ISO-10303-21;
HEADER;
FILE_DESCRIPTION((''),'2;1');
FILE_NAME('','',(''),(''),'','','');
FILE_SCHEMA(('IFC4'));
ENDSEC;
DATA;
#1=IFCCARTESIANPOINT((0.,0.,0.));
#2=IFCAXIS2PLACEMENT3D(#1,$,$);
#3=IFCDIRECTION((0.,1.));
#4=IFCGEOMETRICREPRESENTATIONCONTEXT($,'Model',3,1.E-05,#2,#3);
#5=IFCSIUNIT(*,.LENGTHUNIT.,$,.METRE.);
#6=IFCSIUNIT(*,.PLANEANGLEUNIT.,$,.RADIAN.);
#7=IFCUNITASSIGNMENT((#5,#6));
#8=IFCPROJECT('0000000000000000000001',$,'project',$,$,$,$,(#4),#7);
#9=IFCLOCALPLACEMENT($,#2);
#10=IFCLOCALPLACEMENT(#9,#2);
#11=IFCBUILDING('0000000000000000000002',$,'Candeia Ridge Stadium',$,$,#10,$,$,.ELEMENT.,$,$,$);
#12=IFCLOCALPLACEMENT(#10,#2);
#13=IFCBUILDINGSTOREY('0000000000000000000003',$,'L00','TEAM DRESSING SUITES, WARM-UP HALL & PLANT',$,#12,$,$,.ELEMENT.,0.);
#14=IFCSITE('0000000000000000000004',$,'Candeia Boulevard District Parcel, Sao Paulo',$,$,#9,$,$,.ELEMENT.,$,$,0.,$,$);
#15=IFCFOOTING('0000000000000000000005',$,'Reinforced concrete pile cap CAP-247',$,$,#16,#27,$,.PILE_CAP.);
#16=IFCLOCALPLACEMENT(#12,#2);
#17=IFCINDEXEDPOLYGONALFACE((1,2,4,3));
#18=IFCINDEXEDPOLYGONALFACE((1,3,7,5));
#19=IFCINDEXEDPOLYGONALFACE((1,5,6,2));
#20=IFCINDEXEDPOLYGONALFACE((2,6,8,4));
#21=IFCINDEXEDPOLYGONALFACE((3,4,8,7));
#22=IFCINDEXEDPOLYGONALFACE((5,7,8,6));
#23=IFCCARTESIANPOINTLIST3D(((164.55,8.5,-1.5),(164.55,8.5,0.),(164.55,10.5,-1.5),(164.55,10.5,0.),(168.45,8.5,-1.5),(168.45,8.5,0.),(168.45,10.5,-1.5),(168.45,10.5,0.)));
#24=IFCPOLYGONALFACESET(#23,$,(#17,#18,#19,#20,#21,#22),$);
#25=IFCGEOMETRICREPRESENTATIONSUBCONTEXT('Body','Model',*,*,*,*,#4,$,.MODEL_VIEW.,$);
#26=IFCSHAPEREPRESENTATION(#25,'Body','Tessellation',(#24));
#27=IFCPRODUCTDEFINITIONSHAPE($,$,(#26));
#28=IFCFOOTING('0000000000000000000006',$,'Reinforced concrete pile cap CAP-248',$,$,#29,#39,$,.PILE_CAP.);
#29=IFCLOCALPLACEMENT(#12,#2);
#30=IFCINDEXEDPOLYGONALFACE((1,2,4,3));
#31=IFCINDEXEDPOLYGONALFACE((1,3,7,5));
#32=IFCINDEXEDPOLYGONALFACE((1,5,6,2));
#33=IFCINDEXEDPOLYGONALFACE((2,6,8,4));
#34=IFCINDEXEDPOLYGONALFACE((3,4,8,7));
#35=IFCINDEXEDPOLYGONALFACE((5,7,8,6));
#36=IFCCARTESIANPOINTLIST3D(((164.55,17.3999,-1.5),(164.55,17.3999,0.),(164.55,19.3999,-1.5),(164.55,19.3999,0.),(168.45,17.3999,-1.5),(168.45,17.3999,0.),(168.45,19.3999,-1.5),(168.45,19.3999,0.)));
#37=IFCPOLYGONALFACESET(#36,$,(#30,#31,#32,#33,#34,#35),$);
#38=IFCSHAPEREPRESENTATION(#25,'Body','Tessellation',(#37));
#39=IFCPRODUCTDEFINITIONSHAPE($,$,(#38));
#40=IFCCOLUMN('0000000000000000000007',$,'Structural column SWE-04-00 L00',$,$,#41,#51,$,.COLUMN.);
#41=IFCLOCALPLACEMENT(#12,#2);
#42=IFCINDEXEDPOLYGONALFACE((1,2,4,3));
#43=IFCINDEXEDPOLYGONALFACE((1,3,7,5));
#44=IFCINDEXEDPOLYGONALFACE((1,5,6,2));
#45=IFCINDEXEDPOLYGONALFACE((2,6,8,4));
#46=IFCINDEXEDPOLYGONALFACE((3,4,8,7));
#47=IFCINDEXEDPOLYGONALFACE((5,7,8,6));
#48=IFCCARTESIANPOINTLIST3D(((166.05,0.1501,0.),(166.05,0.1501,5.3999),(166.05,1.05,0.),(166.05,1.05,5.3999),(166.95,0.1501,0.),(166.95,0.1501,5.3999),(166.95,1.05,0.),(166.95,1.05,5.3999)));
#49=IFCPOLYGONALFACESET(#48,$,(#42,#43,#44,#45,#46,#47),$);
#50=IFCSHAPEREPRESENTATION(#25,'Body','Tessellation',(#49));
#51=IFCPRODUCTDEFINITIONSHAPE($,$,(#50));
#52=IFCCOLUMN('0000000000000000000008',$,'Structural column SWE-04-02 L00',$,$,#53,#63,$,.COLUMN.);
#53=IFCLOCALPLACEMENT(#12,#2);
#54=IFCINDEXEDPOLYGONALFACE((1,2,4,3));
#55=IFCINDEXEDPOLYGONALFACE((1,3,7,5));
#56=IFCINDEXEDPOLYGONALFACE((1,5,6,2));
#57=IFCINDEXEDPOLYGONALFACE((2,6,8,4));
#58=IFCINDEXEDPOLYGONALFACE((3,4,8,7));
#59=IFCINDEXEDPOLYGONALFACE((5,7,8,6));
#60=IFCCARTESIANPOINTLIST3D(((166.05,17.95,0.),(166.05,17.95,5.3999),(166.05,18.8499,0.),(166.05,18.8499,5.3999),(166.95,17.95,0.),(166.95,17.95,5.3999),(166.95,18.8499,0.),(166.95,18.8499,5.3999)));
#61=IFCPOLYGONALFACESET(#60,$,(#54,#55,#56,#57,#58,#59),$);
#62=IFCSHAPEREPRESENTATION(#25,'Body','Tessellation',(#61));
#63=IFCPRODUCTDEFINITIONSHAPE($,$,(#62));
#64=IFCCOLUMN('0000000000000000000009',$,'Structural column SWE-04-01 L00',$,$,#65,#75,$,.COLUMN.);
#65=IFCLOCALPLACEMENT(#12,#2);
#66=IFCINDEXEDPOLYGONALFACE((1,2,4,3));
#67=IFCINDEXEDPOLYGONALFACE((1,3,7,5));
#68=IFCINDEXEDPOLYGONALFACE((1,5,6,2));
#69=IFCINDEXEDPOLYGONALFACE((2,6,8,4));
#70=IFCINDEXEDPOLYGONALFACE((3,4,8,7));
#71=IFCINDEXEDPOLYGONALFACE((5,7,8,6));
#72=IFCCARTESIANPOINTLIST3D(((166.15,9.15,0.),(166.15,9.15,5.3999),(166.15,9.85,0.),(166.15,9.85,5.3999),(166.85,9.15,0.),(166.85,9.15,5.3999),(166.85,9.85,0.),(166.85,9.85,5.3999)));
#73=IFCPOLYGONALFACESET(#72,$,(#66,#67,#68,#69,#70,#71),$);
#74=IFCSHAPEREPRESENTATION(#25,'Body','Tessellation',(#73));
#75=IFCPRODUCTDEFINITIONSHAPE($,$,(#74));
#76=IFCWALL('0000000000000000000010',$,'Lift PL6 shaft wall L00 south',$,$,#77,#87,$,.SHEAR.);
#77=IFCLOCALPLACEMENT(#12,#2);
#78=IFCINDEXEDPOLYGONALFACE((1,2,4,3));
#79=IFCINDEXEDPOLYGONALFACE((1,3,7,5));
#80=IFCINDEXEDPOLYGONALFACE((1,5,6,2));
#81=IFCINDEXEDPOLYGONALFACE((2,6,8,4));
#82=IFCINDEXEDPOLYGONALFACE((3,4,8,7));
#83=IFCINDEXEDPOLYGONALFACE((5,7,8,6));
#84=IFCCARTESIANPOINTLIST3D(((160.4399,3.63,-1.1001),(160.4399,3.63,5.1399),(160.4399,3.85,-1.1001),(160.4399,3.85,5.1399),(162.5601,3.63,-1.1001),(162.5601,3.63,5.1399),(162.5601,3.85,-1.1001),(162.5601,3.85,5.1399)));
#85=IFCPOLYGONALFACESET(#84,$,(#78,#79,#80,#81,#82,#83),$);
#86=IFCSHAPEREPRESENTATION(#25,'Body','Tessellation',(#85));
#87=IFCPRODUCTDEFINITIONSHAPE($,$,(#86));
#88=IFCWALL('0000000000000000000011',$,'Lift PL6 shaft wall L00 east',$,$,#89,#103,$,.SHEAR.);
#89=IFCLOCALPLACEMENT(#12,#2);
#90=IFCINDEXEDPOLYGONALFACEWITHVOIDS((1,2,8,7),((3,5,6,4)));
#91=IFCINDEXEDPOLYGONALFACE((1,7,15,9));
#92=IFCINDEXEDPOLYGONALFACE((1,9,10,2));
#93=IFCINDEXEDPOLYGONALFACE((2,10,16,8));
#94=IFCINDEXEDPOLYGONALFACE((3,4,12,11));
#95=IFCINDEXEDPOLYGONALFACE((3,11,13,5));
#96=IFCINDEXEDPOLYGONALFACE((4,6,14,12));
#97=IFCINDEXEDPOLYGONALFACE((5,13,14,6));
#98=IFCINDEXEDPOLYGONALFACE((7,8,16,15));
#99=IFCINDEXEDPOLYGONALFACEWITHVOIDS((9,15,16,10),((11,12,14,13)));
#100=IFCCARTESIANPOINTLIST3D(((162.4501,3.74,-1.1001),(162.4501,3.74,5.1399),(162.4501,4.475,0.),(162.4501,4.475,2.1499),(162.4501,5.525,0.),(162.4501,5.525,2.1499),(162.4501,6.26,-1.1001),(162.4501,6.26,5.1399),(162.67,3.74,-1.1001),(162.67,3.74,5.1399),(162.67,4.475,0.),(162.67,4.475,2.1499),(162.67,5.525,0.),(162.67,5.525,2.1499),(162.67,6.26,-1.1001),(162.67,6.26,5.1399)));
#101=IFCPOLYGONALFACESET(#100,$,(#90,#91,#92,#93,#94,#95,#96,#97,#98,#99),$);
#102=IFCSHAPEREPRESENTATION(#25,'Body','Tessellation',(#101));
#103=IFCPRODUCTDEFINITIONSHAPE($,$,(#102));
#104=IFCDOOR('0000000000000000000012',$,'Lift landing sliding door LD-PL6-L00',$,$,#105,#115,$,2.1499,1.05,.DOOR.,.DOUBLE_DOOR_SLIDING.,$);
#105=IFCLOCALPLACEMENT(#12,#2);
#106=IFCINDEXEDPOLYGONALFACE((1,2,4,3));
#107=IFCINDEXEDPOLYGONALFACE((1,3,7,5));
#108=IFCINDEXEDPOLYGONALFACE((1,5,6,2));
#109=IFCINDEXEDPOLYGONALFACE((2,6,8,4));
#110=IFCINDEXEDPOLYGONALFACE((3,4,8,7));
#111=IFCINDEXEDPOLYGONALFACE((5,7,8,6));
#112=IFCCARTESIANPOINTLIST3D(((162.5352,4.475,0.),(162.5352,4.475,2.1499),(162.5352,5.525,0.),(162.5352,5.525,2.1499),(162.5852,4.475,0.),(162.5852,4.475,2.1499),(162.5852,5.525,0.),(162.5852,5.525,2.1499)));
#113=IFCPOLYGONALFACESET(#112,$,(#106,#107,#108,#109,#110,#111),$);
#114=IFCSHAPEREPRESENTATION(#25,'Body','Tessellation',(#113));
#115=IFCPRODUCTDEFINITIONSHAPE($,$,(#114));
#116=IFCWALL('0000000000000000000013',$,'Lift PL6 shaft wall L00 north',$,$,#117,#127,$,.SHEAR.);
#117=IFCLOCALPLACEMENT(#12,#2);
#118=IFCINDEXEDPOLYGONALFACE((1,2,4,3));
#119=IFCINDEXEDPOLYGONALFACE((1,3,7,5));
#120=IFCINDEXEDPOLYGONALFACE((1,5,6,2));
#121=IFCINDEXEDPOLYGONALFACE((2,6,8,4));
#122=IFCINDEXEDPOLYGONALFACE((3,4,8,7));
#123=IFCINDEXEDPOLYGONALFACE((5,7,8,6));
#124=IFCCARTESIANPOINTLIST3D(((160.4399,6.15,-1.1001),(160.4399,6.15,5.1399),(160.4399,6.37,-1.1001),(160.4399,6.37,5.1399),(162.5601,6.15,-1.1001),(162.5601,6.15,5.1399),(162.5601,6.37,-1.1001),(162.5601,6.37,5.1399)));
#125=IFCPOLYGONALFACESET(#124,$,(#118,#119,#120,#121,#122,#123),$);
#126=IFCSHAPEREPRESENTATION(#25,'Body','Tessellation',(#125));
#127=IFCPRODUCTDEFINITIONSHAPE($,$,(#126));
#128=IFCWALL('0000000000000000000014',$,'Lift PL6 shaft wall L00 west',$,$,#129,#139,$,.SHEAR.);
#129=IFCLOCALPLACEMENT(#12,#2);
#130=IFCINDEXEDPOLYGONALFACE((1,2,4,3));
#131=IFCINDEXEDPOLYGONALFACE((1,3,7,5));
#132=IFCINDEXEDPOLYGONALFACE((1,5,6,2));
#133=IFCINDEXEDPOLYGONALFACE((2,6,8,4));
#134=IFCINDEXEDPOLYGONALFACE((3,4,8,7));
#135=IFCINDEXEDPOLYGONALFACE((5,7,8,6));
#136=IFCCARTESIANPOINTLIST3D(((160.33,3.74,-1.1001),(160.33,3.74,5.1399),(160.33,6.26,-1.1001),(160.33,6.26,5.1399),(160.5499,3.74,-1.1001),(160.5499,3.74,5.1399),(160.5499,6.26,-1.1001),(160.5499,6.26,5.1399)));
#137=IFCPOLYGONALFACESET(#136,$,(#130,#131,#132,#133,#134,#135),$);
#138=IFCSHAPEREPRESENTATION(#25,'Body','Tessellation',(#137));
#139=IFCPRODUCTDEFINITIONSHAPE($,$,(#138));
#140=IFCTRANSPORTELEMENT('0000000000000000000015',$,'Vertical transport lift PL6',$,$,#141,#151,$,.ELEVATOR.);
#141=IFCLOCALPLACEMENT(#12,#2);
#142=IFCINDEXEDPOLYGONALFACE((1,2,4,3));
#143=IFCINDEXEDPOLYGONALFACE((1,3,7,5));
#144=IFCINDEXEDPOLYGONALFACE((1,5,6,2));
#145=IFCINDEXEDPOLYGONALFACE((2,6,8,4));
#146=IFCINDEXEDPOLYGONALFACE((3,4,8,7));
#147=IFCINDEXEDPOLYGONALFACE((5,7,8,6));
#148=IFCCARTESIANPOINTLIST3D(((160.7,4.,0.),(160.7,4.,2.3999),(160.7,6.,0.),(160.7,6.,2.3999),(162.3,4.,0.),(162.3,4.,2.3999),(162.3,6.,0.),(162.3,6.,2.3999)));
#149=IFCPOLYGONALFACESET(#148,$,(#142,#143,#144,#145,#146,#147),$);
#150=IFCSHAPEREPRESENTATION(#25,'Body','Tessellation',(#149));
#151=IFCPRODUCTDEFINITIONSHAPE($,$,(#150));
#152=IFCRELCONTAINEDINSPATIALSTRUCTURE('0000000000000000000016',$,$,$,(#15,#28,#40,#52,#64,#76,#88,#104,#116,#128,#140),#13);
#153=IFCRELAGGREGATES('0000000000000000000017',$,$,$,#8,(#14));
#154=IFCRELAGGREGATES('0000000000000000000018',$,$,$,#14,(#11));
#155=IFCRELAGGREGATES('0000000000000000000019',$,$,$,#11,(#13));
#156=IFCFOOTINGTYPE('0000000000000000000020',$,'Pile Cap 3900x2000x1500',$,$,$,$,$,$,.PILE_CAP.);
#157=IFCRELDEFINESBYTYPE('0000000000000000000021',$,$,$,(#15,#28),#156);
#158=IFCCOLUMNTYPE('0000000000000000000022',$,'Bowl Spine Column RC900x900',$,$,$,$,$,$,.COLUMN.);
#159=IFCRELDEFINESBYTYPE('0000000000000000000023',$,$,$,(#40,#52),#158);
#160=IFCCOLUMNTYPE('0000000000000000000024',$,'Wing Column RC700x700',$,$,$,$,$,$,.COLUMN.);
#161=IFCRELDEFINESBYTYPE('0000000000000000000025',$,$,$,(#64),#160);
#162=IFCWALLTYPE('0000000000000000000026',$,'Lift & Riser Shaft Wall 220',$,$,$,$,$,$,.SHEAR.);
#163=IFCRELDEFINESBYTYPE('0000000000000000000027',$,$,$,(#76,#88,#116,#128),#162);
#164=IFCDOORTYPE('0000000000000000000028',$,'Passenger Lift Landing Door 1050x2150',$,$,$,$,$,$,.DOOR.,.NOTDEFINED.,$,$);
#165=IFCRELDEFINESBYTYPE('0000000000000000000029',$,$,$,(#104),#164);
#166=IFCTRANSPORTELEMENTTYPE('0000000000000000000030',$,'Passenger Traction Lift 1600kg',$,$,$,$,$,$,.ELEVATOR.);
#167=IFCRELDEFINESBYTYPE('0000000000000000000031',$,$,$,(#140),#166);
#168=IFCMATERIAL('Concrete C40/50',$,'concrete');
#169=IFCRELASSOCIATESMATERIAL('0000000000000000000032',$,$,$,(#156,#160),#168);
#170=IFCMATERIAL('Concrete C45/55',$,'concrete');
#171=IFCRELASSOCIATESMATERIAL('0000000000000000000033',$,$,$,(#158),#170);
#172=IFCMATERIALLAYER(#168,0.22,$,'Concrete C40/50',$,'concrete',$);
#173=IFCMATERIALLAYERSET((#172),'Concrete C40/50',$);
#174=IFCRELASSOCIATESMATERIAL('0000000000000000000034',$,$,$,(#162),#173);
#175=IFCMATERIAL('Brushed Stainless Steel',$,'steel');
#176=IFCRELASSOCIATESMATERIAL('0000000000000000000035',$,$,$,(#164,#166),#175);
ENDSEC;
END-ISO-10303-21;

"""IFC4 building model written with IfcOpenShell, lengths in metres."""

from ifc_helpers import new_model, si_unit, direction, frame, frame_2d, origin, origin_2d, place, context, subcontext, project, spatial, rectangle, extrude, material, layer, layer_set, material_profile, profile_set, type_object, element, fill, save


model = new_model("IFC4")

# Units and contexts
model_context = context("Model", 3, precision=1e-05, world=origin(), true_north=direction((0.0, 1.0)))
body_context = subcontext(model_context, "Body", "Model", "MODEL_VIEW")
ifc_project = project(units=[si_unit("LENGTHUNIT", "METRE"), si_unit("PLANEANGLEUNIT", "RADIAN")], contexts=[model_context])

# Site, building, storey
site_placement = place(None, origin())
site = spatial("IfcSite", under=ifc_project, at=site_placement, Name="Candeia Boulevard District Parcel, Sao Paulo", CompositionType="ELEMENT", RefElevation=0.0)
building_placement = place(site_placement, origin())
building = spatial("IfcBuilding", under=site, at=building_placement, Name="Candeia Ridge Stadium", CompositionType="ELEMENT")
storey_placement = place(building_placement, origin())
storey = spatial("IfcBuildingStorey", under=building, at=storey_placement, Name="L00", Description="TEAM DRESSING SUITES, WARM-UP HALL & PLANT", CompositionType="ELEMENT", Elevation=0.0)

# Shared definitions
ifc_material_1 = material(Name="Concrete C40/50", Category="concrete")

# Footings
footing_type_1 = type_object("IfcFootingType", Name="Pile Cap 3900x2000x1500", PredefinedType="PILE_CAP", material=ifc_material_1)
for number, where, z_axis, x_axis, name in (
    (1, (166.5, 9.5, -1.5), (0.0, 0.0, 1.0), (1.0, 0.0, 0.0), "Reinforced concrete pile cap CAP-247"),
    (2, (166.5, 18.3999, -1.5), (0.0, 0.0, 1.0), (1.0, 0.0, 0.0), "Reinforced concrete pile cap CAP-248"),
):
    element("IfcFooting", number, at=place(storey_placement, frame(where, z_axis=z_axis, x_axis=x_axis)), inside=storey, type_object=footing_type_1, Name=name, PredefinedType="PILE_CAP", context=body_context, shape_type="SweptSolid", body=[
        extrude(rectangle(XDim=3.8999, YDim=2.0, at=origin_2d()), origin(), (0.0, 0.0, 1.0), 1.5),
    ])

# Columns
ifc_material_2 = material(Name="Concrete C45/55", Category="concrete")
ifc_material_profile_1 = material_profile(ifc_material_2, rectangle(XDim=0.8999, YDim=0.8999, at=origin_2d()), Name="RC900x900", Category="concrete")
ifc_profile_set_1 = profile_set([ifc_material_profile_1], Name="Concrete C45/55")
column_type_1 = type_object("IfcColumnType", Name="Bowl Spine Column RC900x900", PredefinedType="COLUMN", material=ifc_profile_set_1)
for number, where, z_axis, x_axis, name in (
    (3, (166.5, 0.6001, 0.0), (0.0, 0.0, 1.0), (1.0, 0.0, 0.0), "Structural column SWE-04-00 L00"),
    (4, (166.5, 18.3999, 0.0), (0.0, 0.0, 1.0), (1.0, 0.0, 0.0), "Structural column SWE-04-02 L00"),
):
    element("IfcColumn", number, at=place(storey_placement, frame(where, z_axis=z_axis, x_axis=x_axis)), inside=storey, type_object=column_type_1, Name=name, PredefinedType="COLUMN", context=body_context, shape_type="SweptSolid", body=[
        extrude(rectangle(XDim=0.8999, YDim=0.8999, at=origin_2d()), origin(), (0.0, 0.0, 1.0), 5.3999),
    ])
ifc_material_profile_2 = material_profile(ifc_material_1, rectangle(XDim=0.7, YDim=0.7, at=origin_2d()), Name="RC700x700", Category="concrete")
ifc_profile_set_2 = profile_set([ifc_material_profile_2], Name="Concrete C40/50")
column_type_2 = type_object("IfcColumnType", Name="Wing Column RC700x700", PredefinedType="COLUMN", material=ifc_profile_set_2)
column_placement = place(storey_placement, frame((166.5, 9.5, 0.0), z_axis=(0.0, 0.0, 1.0), x_axis=(1.0, 0.0, 0.0)))
element("IfcColumn", 5, at=column_placement, inside=storey, type_object=column_type_2, Name="Structural column SWE-04-01 L00", PredefinedType="COLUMN", context=body_context, shape_type="SweptSolid", body=[
    extrude(rectangle(XDim=0.7, YDim=0.7, at=origin_2d()), origin(), (0.0, 0.0, 1.0), 5.3999),
])

# Wall
ifc_layer_1 = layer(ifc_material_1, 0.22, Name="Concrete C40/50", Category="concrete")
ifc_layer_set_1 = layer_set([ifc_layer_1], Name="Concrete C40/50")
wall_type_1 = type_object("IfcWallType", Name="Lift & Riser Shaft Wall 220", PredefinedType="SHEAR", material=ifc_layer_set_1)
wall_1_placement = place(storey_placement, frame((160.4399, 3.74, -1.1001), z_axis=(0.0, 0.0, 1.0), x_axis=(1.0, 0.0, 0.0)))
element("IfcWall", 6, at=wall_1_placement, inside=storey, type_object=wall_type_1, Name="Lift PL6 shaft wall L00 south", PredefinedType="SHEAR", context=body_context, shape_type="SweptSolid", body=[
    extrude(rectangle(XDim=2.1201, YDim=0.22, at=frame_2d((1.0601, 0.0))), origin(), (0.0, 0.0, 1.0), 6.24),
])

# Wall, opening, door
wall_2_placement = place(storey_placement, frame((162.5601, 3.74, -1.1001), z_axis=(0.0, 0.0, 1.0), x_axis=(0.0, 1.0, 0.0)))
wall_2 = element("IfcWall", 7, at=wall_2_placement, inside=storey, type_object=wall_type_1, Name="Lift PL6 shaft wall L00 east", PredefinedType="SHEAR", context=body_context, shape_type="SweptSolid", body=[
    extrude(rectangle(XDim=2.52, YDim=0.22, at=frame_2d((1.26, 0.0))), origin(), (0.0, 0.0, 1.0), 6.24),
])
opening_1_placement = place(wall_2_placement, frame((0.7351, 0.0, 1.1001)))
opening_1 = element("IfcOpeningElement", 8, at=opening_1_placement, cuts=wall_2, PredefinedType="OPENING", context=body_context, shape_type="SweptSolid", body=[
    extrude(rectangle(XDim=1.05, YDim=2.1499, at=frame_2d((0.5249, 1.075))), frame((0.0, 0.1199, 0.0), z_axis=(0.0, -1.0, 0.0), x_axis=(1.0, 0.0, 0.0)), (0.0, 0.0, 1.0), 0.24),
])
ifc_material_3 = material(Name="Brushed Stainless Steel", Category="steel")
door_type_1 = type_object("IfcDoorType", Name="Passenger Lift Landing Door 1050x2150", OperationType="NOTDEFINED", PredefinedType="DOOR", material=ifc_material_3)
door_1_placement = place(opening_1_placement, origin())
door_1 = element("IfcDoor", 9, at=door_1_placement, inside=storey, type_object=door_type_1, Name="Lift landing sliding door LD-PL6-L00", OperationType="DOUBLE_DOOR_SLIDING", OverallHeight=2.1499, OverallWidth=1.05, PredefinedType="DOOR", context=body_context, shape_type="SweptSolid", body=[
    extrude(rectangle(XDim=1.05, YDim=2.1499, at=frame_2d((0.5249, 1.075))), frame((0.0, 0.0249, 0.0), z_axis=(0.0, -1.0, 0.0), x_axis=(1.0, 0.0, 0.0)), (0.0, 0.0, 1.0), 0.05),
])
fill(opening_1, door_1)

# Walls
wall_3_placement = place(storey_placement, frame((162.5601, 6.26, -1.1001), z_axis=(0.0, 0.0, 1.0), x_axis=(-1.0, 0.0, 0.0)))
element("IfcWall", 10, at=wall_3_placement, inside=storey, type_object=wall_type_1, Name="Lift PL6 shaft wall L00 north", PredefinedType="SHEAR", context=body_context, shape_type="SweptSolid", body=[
    extrude(rectangle(XDim=2.1201, YDim=0.22, at=frame_2d((1.0601, 0.0))), origin(), (0.0, 0.0, 1.0), 6.24),
])
wall_4_placement = place(storey_placement, frame((160.4399, 6.26, -1.1001), z_axis=(0.0, 0.0, 1.0), x_axis=(0.0, -1.0, 0.0)))
element("IfcWall", 11, at=wall_4_placement, inside=storey, type_object=wall_type_1, Name="Lift PL6 shaft wall L00 west", PredefinedType="SHEAR", context=body_context, shape_type="SweptSolid", body=[
    extrude(rectangle(XDim=2.52, YDim=0.22, at=frame_2d((1.26, 0.0))), origin(), (0.0, 0.0, 1.0), 6.24),
])

# Transport element
transport_element_type = type_object("IfcTransportElementType", Name="Passenger Traction Lift 1600kg", PredefinedType="ELEVATOR", material=ifc_material_3)
transport_element_placement = place(storey_placement, frame((161.5, 5.0, 0.0), z_axis=(0.0, 0.0, 1.0), x_axis=(1.0, 0.0, 0.0)))
element("IfcTransportElement", 12, at=transport_element_placement, inside=storey, type_object=transport_element_type, Name="Vertical transport lift PL6", PredefinedType="ELEVATOR", context=body_context, shape_type="SweptSolid", body=[
    extrude(rectangle(XDim=1.6001, YDim=2.0, at=origin_2d()), origin(), (0.0, 0.0, 1.0), 2.3999),
])

save(model, "model.ifc")
